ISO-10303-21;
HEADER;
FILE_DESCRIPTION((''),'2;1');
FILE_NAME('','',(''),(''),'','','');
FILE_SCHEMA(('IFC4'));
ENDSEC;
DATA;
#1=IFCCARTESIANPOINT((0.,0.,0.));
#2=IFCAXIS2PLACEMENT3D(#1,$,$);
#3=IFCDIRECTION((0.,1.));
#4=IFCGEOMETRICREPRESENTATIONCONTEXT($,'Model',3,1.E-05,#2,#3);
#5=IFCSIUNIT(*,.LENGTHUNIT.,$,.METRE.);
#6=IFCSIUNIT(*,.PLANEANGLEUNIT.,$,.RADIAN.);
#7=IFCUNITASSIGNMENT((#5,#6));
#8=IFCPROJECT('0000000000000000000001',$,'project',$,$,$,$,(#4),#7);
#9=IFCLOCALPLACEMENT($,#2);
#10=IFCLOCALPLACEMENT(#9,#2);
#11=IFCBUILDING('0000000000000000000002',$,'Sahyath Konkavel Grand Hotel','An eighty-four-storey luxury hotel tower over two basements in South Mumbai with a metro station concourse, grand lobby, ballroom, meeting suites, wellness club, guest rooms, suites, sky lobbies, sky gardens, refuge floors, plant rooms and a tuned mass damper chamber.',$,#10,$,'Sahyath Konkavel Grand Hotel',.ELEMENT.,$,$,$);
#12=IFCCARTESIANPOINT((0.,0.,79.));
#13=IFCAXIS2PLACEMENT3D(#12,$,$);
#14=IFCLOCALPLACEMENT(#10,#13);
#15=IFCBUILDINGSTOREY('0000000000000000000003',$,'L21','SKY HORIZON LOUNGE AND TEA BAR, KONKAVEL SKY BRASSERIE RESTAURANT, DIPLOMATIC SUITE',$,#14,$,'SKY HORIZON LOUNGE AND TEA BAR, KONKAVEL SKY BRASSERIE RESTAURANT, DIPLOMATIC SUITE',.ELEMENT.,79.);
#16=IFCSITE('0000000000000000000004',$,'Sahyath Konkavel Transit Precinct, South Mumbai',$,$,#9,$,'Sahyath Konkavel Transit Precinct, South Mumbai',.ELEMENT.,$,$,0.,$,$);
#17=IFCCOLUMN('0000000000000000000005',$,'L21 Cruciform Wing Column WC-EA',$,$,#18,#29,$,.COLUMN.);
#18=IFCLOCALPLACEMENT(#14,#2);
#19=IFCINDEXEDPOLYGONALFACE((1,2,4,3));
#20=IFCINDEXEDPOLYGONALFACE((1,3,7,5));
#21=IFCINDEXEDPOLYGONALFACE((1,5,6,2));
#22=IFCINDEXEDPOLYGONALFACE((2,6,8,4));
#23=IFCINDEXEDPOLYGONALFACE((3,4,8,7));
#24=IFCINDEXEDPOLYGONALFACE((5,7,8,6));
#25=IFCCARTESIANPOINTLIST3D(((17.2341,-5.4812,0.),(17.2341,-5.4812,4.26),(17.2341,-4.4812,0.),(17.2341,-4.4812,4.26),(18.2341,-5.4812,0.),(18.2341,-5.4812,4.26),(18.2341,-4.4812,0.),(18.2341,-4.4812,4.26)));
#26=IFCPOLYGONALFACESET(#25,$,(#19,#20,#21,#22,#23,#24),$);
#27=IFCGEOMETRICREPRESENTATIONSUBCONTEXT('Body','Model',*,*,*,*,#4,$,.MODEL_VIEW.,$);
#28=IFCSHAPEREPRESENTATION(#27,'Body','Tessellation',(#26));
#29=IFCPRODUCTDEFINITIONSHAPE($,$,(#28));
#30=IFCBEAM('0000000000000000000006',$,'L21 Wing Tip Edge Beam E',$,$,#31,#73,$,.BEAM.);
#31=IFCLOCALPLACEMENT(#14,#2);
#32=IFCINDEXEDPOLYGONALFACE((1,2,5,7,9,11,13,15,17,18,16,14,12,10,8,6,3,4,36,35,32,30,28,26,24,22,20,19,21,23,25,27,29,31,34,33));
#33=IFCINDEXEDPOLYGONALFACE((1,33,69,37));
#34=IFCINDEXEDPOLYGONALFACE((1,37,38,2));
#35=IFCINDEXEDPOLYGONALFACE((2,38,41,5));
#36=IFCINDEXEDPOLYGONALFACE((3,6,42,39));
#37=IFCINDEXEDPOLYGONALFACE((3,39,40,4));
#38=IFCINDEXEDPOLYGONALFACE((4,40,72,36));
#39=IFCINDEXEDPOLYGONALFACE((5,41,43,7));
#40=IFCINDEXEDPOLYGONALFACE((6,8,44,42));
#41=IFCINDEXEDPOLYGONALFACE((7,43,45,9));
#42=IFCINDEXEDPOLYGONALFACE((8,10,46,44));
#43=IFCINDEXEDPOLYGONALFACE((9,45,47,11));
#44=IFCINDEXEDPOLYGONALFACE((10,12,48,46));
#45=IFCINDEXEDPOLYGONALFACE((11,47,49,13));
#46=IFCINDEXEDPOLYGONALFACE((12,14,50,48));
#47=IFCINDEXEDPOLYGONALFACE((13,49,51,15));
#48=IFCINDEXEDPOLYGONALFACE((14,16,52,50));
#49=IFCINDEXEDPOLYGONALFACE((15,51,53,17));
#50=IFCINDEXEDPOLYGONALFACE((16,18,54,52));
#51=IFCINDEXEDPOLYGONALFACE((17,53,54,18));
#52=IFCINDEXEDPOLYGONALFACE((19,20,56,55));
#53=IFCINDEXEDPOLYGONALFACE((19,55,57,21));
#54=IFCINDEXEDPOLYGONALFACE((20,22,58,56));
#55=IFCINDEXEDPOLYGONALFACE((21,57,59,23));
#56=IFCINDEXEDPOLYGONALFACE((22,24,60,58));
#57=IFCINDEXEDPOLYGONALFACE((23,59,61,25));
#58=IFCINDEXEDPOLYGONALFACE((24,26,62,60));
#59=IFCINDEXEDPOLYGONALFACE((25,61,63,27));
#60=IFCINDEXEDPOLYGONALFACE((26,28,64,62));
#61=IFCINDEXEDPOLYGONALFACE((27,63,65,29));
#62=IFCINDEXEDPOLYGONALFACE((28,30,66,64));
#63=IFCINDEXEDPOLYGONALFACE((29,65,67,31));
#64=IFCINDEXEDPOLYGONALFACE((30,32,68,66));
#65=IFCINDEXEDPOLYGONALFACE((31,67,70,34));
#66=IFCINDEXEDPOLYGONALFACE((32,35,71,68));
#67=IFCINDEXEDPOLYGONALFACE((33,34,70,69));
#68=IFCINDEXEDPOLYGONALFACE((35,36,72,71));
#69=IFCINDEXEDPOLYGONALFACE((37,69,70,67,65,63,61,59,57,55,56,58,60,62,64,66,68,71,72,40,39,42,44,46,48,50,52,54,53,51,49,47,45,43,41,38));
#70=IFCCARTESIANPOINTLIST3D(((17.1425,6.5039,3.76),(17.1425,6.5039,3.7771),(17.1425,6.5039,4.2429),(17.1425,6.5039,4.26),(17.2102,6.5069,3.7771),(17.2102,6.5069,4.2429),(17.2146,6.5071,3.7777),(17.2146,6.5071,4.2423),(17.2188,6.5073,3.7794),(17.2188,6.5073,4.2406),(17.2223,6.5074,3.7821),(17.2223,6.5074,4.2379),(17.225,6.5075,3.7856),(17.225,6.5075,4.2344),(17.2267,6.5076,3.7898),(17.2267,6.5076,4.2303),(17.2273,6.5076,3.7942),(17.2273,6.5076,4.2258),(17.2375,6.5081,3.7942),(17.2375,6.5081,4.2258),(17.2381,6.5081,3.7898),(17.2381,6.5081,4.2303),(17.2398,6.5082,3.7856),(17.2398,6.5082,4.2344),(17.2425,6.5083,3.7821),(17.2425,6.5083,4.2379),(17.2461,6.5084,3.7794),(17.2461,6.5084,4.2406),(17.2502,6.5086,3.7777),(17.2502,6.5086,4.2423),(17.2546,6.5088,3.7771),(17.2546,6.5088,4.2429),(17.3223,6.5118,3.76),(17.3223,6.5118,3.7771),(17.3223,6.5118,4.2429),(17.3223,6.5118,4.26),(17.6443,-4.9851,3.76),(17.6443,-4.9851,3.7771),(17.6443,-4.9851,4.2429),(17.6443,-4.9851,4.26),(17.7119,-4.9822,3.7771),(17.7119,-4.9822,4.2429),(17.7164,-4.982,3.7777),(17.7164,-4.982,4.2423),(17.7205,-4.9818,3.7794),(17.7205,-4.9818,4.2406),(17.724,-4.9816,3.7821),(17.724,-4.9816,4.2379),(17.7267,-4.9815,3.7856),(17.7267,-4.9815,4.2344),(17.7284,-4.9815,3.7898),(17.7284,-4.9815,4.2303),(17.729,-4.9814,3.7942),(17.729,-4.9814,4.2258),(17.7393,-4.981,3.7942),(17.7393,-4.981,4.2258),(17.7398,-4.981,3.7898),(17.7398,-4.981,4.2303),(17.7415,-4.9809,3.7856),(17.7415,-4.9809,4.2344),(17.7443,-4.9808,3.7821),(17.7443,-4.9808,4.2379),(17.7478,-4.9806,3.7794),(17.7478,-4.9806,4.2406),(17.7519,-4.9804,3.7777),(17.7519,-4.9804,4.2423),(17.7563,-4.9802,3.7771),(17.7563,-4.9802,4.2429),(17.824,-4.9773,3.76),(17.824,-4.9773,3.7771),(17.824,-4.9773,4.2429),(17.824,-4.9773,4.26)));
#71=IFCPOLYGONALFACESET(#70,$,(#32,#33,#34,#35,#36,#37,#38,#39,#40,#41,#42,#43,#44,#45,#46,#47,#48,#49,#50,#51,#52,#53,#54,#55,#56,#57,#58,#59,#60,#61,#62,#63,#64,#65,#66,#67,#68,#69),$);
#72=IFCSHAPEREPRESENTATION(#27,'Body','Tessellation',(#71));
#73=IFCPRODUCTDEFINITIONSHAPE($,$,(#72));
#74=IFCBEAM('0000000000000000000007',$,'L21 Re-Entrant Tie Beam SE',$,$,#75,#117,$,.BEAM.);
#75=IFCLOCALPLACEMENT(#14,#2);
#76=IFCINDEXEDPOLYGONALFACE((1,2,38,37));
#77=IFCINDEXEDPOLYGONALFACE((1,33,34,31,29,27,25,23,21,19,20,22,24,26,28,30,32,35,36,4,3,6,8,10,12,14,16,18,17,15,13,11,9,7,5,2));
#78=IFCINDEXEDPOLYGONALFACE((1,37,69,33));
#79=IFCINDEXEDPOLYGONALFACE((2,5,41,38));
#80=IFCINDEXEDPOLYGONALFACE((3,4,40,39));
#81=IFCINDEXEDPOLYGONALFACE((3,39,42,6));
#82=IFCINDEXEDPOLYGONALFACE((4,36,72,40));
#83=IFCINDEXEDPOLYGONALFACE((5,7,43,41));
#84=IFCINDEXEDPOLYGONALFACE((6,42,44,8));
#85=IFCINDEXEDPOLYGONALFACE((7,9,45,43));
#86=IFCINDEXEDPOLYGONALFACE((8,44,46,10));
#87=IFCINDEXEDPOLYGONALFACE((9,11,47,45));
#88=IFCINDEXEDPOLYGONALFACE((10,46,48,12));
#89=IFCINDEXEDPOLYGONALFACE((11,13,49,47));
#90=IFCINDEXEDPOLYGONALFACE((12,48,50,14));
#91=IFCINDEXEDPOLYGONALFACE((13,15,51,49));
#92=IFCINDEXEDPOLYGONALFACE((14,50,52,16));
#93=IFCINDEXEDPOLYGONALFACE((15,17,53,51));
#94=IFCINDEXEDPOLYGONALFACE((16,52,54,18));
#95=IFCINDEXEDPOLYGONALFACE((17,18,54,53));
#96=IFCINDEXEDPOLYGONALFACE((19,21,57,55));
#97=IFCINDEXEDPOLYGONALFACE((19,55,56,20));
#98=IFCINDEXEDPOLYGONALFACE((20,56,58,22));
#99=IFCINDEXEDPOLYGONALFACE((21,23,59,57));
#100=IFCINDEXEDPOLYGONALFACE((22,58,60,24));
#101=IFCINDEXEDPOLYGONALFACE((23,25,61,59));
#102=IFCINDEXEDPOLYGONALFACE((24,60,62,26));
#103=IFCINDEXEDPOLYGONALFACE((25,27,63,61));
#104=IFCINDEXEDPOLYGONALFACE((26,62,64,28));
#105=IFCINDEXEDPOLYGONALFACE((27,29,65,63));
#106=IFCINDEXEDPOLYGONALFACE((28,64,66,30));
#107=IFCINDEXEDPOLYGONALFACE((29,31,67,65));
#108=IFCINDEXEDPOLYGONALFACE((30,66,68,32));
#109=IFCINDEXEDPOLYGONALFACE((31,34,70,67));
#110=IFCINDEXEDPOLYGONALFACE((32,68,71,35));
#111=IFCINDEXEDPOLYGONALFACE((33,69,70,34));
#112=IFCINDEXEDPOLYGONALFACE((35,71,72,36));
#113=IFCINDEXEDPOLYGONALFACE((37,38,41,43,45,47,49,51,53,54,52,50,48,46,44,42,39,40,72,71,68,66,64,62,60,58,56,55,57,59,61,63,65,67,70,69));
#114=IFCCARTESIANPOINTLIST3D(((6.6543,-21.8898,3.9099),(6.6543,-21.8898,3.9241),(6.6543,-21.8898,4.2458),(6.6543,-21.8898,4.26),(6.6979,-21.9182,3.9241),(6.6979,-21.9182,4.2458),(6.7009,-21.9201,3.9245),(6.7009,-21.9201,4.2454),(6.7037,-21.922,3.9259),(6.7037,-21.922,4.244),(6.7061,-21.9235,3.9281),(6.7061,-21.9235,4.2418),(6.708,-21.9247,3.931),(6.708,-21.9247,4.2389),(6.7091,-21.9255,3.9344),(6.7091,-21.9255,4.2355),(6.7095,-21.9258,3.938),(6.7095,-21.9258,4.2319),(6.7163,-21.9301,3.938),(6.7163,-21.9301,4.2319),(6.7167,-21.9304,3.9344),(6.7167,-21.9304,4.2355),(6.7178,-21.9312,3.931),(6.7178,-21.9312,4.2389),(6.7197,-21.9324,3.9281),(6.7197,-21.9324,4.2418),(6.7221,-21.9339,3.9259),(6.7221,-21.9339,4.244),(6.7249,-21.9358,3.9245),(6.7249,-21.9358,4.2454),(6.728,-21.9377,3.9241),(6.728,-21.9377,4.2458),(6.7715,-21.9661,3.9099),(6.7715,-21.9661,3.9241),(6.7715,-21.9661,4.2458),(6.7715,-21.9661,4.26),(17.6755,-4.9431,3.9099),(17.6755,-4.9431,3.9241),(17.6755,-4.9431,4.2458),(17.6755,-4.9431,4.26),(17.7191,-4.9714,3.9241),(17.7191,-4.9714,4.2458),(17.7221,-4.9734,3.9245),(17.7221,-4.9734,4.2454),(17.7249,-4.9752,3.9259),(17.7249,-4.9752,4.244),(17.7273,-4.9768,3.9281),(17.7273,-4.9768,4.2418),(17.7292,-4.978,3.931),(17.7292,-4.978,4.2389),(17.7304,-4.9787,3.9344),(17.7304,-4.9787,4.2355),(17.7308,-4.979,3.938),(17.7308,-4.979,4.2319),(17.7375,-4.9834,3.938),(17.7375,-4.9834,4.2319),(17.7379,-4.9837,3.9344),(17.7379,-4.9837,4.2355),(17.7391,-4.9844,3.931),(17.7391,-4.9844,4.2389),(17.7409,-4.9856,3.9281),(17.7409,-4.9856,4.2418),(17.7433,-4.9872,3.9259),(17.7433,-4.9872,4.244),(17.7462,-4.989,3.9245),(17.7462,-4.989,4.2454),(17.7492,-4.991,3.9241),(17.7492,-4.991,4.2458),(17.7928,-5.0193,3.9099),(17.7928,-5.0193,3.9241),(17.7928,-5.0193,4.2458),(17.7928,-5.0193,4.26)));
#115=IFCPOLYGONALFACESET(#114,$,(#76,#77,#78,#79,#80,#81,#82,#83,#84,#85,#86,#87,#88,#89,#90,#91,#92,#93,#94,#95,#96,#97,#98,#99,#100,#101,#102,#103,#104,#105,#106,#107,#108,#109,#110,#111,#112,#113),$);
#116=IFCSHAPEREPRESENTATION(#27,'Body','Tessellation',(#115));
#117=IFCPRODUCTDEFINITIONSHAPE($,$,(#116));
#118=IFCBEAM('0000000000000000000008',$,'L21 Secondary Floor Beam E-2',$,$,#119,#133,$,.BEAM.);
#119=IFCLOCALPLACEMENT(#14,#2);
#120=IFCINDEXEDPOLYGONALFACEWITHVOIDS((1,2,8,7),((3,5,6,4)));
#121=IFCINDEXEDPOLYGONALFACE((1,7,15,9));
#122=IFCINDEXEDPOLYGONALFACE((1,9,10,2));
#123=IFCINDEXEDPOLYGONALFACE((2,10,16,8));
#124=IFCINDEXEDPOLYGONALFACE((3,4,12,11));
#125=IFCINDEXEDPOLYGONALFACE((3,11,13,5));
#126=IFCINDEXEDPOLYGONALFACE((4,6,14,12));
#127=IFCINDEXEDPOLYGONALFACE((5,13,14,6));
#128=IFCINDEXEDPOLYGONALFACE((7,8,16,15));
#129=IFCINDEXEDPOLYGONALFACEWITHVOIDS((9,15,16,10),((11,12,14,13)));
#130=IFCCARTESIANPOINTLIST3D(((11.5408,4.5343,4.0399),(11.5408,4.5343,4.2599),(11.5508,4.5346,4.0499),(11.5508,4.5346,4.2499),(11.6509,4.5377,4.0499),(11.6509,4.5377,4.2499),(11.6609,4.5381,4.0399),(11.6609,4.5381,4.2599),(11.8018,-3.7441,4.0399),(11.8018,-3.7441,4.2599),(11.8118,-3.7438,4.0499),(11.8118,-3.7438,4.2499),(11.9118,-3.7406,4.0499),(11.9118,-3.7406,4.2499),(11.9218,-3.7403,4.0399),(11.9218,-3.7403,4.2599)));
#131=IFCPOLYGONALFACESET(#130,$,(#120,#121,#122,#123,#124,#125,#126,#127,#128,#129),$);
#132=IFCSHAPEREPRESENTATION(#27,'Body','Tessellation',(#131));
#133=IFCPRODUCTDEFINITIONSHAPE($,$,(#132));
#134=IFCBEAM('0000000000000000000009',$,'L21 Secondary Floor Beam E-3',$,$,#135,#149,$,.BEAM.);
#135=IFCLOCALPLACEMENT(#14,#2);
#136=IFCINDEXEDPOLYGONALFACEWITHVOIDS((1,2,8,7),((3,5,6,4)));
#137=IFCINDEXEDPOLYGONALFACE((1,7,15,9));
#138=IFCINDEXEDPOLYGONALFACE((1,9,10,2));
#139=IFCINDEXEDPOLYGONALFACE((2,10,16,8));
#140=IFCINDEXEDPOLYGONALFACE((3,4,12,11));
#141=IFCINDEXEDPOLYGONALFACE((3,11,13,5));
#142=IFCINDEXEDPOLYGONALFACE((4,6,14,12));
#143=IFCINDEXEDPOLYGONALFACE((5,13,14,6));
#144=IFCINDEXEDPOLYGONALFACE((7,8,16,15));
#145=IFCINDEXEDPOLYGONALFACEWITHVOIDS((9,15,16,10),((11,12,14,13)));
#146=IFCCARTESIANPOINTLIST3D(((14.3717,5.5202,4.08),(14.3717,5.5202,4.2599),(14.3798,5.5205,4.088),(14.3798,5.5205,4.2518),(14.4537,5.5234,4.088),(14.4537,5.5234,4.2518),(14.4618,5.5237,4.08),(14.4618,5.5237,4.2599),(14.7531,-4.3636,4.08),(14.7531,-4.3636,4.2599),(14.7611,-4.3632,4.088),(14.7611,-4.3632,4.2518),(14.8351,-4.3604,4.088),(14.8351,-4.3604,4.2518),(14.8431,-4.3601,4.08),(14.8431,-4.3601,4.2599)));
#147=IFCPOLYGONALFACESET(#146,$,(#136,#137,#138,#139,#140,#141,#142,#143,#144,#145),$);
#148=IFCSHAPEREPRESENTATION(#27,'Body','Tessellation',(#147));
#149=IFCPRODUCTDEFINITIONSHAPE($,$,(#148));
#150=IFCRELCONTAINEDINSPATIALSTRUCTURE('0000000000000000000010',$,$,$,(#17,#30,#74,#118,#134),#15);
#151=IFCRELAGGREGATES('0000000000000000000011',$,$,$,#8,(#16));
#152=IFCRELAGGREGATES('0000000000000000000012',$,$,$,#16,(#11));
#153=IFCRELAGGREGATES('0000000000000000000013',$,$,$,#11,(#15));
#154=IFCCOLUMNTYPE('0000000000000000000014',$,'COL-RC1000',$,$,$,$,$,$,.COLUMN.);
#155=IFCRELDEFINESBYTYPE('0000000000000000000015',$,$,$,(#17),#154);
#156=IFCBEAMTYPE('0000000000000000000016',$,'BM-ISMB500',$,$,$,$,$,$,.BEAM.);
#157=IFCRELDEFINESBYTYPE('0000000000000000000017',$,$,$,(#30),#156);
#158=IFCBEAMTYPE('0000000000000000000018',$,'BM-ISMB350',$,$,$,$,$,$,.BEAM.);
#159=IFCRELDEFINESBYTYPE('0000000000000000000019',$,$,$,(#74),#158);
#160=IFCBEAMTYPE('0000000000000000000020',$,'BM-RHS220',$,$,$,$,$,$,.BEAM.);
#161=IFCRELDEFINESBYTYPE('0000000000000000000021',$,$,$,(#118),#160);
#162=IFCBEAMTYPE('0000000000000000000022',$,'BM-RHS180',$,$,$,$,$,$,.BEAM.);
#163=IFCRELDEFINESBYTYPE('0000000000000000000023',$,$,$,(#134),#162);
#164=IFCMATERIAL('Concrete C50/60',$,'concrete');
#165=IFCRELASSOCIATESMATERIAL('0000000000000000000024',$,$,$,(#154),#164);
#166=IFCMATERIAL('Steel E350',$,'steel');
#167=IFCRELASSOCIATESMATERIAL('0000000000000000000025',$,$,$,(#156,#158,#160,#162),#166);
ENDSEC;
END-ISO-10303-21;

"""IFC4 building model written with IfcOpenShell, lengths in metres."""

from ifc_helpers import new_model, si_unit, direction, frame, origin, origin_2d, place, context, subcontext, project, spatial, rectangle, hollow_rectangle, i_section, extrude, source, transform, mapped, material, material_profile, profile_set, type_object, element, save


model = new_model("IFC4")

# Units and contexts
model_context = context("Model", 3, precision=1e-05, world=origin(), true_north=direction((0.0, 1.0)))
body_context = subcontext(model_context, "Body", "Model", "MODEL_VIEW")
ifc_project = project(units=[si_unit("LENGTHUNIT", "METRE"), si_unit("PLANEANGLEUNIT", "RADIAN")], contexts=[model_context])

# Site, building, storey
site_placement = place(None, origin())
site = spatial("IfcSite", under=ifc_project, at=site_placement, Name="Sahyath Konkavel Transit Precinct, South Mumbai", LongName="Sahyath Konkavel Transit Precinct, South Mumbai", CompositionType="ELEMENT", RefElevation=0.0)
building_placement = place(site_placement, origin())
building = spatial("IfcBuilding", under=site, at=building_placement, Name="Sahyath Konkavel Grand Hotel", Description="An eighty-four-storey luxury hotel tower over two basements in South Mumbai with a metro station concourse, grand lobby, ballroom, meeting suites, wellness club, guest rooms, suites, sky lobbies, sky gardens, refuge floors, plant rooms and a tuned mass damper chamber.", LongName="Sahyath Konkavel Grand Hotel", CompositionType="ELEMENT")
storey_placement = place(building_placement, frame((0.0, 0.0, 79.0)))
storey = spatial("IfcBuildingStorey", under=building, at=storey_placement, Name="L21", Description="SKY HORIZON LOUNGE AND TEA BAR, KONKAVEL SKY BRASSERIE RESTAURANT, DIPLOMATIC SUITE", LongName="SKY HORIZON LOUNGE AND TEA BAR, KONKAVEL SKY BRASSERIE RESTAURANT, DIPLOMATIC SUITE", CompositionType="ELEMENT", Elevation=79.0)

# Column
ifc_material_1 = material(Name="Concrete C50/60", Category="concrete")
ifc_material_profile_1 = material_profile(ifc_material_1, rectangle(XDim=1.0, YDim=1.0, at=origin_2d()), Name="RC 1000x1000")
ifc_profile_set_1 = profile_set([ifc_material_profile_1], Name="Concrete C50/60")
column_type = type_object("IfcColumnType", Name="COL-RC1000", PredefinedType="COLUMN", material=ifc_profile_set_1)
shared_shape_1 = source(origin(), body_context, "Body", "SweptSolid", [
    extrude(rectangle(XDim=1.0, YDim=1.0, at=origin_2d()), origin(), (0.0, 0.0, 1.0), 4.26),
])
column_placement = place(storey_placement, frame((17.7341, -4.9812, 0.0), z_axis=(0.0, 0.0, 1.0), x_axis=(1.0, 0.0, 0.0)))
element("IfcColumn", 1, at=column_placement, inside=storey, type_object=column_type, Name="L21 Cruciform Wing Column WC-EA", PredefinedType="COLUMN", context=body_context, shape_type="MappedRepresentation", body=[
    mapped(shared_shape_1, transform((0.0, 0.0, 0.0), scale=1.0)),
])

# Beams
ifc_material_2 = material(Name="Steel E350", Category="steel")
ifc_material_profile_2 = material_profile(ifc_material_2, i_section(OverallWidth=0.1799, OverallDepth=0.5, WebThickness=0.0103, FlangeThickness=0.0171, FilletRadius=0.0171, at=origin_2d()), Name="ISMB 500")
ifc_profile_set_2 = profile_set([ifc_material_profile_2], Name="Steel E350")
beam_type_1 = type_object("IfcBeamType", Name="BM-ISMB500", PredefinedType="BEAM", material=ifc_profile_set_2)
shared_shape_2 = source(origin(), body_context, "Body", "SweptSolid", [
    extrude(i_section(OverallWidth=0.1799, OverallDepth=0.5, WebThickness=0.0103, FlangeThickness=0.0171, FilletRadius=0.0171, at=origin_2d()), origin(), (0.0, 0.0, 1.0), 11.5),
])
beam_1_placement = place(storey_placement, frame((17.7341, -4.9812, 4.01), z_axis=(-0.043627, 0.999048, 0.0), x_axis=(-0.999048, -0.043627, 0.0)))
element("IfcBeam", 2, at=beam_1_placement, inside=storey, type_object=beam_type_1, Name="L21 Wing Tip Edge Beam E", PredefinedType="BEAM", context=body_context, shape_type="MappedRepresentation", body=[
    mapped(shared_shape_2, transform((0.0, 0.0, 0.0), scale=1.0)),
])
ifc_material_profile_3 = material_profile(ifc_material_2, i_section(OverallWidth=0.1399, OverallDepth=0.3501, WebThickness=0.0081, FlangeThickness=0.0142, FilletRadius=0.0139, at=origin_2d()), Name="ISMB 350")
ifc_profile_set_3 = profile_set([ifc_material_profile_3], Name="Steel E350")
beam_type_2 = type_object("IfcBeamType", Name="BM-ISMB350", PredefinedType="BEAM", material=ifc_profile_set_3)
shared_shape_3 = source(origin(), body_context, "Body", "SweptSolid", [
    extrude(i_section(OverallWidth=0.1399, OverallDepth=0.3501, WebThickness=0.0081, FlangeThickness=0.0142, FilletRadius=0.0139, at=origin_2d()), origin(), (0.0, 0.0, 1.0), 20.2153),
])
beam_2_placement = place(storey_placement, frame((17.7341, -4.9812, 4.085), z_axis=(-0.545191, -0.838312, 0.0), x_axis=(0.838312, -0.545191, 0.0)))
element("IfcBeam", 3, at=beam_2_placement, inside=storey, type_object=beam_type_2, Name="L21 Re-Entrant Tie Beam SE", PredefinedType="BEAM", context=body_context, shape_type="MappedRepresentation", body=[
    mapped(shared_shape_3, transform((0.0, 0.0, 0.0), scale=1.0)),
])
ifc_material_profile_4 = material_profile(ifc_material_2, hollow_rectangle(XDim=0.1201, YDim=0.22, WallThickness=0.01, at=origin_2d()), Name="RHS 220x120x10")
ifc_profile_set_4 = profile_set([ifc_material_profile_4], Name="Steel E350")
beam_type_3 = type_object("IfcBeamType", Name="BM-RHS220", PredefinedType="BEAM", material=ifc_profile_set_4)
shared_shape_4 = source(origin(), body_context, "Body", "SweptSolid", [
    extrude(hollow_rectangle(XDim=0.1201, YDim=0.22, WallThickness=0.01, at=origin_2d()), origin(), (0.0, 0.0, 1.0), 8.2825),
])
beam_3_placement = place(storey_placement, frame((11.8618, -3.7422, 4.1499), z_axis=(-0.031511, 0.999503, 0.0), x_axis=(-0.999503, -0.031511, 0.0)))
element("IfcBeam", 4, at=beam_3_placement, inside=storey, type_object=beam_type_3, Name="L21 Secondary Floor Beam E-2", PredefinedType="BEAM", context=body_context, shape_type="MappedRepresentation", body=[
    mapped(shared_shape_4, transform((0.0, 0.0, 0.0), scale=1.0)),
])
ifc_material_profile_5 = material_profile(ifc_material_2, hollow_rectangle(XDim=0.0901, YDim=0.1799, WallThickness=0.0081, at=origin_2d()), Name="RHS 180x90x8")
ifc_profile_set_5 = profile_set([ifc_material_profile_5], Name="Steel E350")
beam_type_4 = type_object("IfcBeamType", Name="BM-RHS180", PredefinedType="BEAM", material=ifc_profile_set_5)
shared_shape_5 = source(origin(), body_context, "Body", "SweptSolid", [
    extrude(hollow_rectangle(XDim=0.0901, YDim=0.1799, WallThickness=0.0081, at=origin_2d()), origin(), (0.0, 0.0, 1.0), 9.8911),
])
beam_4_placement = place(storey_placement, frame((14.7981, -4.3618, 4.1699), z_axis=(-0.038554, 0.999257, 0.0), x_axis=(-0.999257, -0.038554, 0.0)))
element("IfcBeam", 5, at=beam_4_placement, inside=storey, type_object=beam_type_4, Name="L21 Secondary Floor Beam E-3", PredefinedType="BEAM", context=body_context, shape_type="MappedRepresentation", body=[
    mapped(shared_shape_5, transform((0.0, 0.0, 0.0), scale=1.0)),
])

save(model, "model.ifc")
